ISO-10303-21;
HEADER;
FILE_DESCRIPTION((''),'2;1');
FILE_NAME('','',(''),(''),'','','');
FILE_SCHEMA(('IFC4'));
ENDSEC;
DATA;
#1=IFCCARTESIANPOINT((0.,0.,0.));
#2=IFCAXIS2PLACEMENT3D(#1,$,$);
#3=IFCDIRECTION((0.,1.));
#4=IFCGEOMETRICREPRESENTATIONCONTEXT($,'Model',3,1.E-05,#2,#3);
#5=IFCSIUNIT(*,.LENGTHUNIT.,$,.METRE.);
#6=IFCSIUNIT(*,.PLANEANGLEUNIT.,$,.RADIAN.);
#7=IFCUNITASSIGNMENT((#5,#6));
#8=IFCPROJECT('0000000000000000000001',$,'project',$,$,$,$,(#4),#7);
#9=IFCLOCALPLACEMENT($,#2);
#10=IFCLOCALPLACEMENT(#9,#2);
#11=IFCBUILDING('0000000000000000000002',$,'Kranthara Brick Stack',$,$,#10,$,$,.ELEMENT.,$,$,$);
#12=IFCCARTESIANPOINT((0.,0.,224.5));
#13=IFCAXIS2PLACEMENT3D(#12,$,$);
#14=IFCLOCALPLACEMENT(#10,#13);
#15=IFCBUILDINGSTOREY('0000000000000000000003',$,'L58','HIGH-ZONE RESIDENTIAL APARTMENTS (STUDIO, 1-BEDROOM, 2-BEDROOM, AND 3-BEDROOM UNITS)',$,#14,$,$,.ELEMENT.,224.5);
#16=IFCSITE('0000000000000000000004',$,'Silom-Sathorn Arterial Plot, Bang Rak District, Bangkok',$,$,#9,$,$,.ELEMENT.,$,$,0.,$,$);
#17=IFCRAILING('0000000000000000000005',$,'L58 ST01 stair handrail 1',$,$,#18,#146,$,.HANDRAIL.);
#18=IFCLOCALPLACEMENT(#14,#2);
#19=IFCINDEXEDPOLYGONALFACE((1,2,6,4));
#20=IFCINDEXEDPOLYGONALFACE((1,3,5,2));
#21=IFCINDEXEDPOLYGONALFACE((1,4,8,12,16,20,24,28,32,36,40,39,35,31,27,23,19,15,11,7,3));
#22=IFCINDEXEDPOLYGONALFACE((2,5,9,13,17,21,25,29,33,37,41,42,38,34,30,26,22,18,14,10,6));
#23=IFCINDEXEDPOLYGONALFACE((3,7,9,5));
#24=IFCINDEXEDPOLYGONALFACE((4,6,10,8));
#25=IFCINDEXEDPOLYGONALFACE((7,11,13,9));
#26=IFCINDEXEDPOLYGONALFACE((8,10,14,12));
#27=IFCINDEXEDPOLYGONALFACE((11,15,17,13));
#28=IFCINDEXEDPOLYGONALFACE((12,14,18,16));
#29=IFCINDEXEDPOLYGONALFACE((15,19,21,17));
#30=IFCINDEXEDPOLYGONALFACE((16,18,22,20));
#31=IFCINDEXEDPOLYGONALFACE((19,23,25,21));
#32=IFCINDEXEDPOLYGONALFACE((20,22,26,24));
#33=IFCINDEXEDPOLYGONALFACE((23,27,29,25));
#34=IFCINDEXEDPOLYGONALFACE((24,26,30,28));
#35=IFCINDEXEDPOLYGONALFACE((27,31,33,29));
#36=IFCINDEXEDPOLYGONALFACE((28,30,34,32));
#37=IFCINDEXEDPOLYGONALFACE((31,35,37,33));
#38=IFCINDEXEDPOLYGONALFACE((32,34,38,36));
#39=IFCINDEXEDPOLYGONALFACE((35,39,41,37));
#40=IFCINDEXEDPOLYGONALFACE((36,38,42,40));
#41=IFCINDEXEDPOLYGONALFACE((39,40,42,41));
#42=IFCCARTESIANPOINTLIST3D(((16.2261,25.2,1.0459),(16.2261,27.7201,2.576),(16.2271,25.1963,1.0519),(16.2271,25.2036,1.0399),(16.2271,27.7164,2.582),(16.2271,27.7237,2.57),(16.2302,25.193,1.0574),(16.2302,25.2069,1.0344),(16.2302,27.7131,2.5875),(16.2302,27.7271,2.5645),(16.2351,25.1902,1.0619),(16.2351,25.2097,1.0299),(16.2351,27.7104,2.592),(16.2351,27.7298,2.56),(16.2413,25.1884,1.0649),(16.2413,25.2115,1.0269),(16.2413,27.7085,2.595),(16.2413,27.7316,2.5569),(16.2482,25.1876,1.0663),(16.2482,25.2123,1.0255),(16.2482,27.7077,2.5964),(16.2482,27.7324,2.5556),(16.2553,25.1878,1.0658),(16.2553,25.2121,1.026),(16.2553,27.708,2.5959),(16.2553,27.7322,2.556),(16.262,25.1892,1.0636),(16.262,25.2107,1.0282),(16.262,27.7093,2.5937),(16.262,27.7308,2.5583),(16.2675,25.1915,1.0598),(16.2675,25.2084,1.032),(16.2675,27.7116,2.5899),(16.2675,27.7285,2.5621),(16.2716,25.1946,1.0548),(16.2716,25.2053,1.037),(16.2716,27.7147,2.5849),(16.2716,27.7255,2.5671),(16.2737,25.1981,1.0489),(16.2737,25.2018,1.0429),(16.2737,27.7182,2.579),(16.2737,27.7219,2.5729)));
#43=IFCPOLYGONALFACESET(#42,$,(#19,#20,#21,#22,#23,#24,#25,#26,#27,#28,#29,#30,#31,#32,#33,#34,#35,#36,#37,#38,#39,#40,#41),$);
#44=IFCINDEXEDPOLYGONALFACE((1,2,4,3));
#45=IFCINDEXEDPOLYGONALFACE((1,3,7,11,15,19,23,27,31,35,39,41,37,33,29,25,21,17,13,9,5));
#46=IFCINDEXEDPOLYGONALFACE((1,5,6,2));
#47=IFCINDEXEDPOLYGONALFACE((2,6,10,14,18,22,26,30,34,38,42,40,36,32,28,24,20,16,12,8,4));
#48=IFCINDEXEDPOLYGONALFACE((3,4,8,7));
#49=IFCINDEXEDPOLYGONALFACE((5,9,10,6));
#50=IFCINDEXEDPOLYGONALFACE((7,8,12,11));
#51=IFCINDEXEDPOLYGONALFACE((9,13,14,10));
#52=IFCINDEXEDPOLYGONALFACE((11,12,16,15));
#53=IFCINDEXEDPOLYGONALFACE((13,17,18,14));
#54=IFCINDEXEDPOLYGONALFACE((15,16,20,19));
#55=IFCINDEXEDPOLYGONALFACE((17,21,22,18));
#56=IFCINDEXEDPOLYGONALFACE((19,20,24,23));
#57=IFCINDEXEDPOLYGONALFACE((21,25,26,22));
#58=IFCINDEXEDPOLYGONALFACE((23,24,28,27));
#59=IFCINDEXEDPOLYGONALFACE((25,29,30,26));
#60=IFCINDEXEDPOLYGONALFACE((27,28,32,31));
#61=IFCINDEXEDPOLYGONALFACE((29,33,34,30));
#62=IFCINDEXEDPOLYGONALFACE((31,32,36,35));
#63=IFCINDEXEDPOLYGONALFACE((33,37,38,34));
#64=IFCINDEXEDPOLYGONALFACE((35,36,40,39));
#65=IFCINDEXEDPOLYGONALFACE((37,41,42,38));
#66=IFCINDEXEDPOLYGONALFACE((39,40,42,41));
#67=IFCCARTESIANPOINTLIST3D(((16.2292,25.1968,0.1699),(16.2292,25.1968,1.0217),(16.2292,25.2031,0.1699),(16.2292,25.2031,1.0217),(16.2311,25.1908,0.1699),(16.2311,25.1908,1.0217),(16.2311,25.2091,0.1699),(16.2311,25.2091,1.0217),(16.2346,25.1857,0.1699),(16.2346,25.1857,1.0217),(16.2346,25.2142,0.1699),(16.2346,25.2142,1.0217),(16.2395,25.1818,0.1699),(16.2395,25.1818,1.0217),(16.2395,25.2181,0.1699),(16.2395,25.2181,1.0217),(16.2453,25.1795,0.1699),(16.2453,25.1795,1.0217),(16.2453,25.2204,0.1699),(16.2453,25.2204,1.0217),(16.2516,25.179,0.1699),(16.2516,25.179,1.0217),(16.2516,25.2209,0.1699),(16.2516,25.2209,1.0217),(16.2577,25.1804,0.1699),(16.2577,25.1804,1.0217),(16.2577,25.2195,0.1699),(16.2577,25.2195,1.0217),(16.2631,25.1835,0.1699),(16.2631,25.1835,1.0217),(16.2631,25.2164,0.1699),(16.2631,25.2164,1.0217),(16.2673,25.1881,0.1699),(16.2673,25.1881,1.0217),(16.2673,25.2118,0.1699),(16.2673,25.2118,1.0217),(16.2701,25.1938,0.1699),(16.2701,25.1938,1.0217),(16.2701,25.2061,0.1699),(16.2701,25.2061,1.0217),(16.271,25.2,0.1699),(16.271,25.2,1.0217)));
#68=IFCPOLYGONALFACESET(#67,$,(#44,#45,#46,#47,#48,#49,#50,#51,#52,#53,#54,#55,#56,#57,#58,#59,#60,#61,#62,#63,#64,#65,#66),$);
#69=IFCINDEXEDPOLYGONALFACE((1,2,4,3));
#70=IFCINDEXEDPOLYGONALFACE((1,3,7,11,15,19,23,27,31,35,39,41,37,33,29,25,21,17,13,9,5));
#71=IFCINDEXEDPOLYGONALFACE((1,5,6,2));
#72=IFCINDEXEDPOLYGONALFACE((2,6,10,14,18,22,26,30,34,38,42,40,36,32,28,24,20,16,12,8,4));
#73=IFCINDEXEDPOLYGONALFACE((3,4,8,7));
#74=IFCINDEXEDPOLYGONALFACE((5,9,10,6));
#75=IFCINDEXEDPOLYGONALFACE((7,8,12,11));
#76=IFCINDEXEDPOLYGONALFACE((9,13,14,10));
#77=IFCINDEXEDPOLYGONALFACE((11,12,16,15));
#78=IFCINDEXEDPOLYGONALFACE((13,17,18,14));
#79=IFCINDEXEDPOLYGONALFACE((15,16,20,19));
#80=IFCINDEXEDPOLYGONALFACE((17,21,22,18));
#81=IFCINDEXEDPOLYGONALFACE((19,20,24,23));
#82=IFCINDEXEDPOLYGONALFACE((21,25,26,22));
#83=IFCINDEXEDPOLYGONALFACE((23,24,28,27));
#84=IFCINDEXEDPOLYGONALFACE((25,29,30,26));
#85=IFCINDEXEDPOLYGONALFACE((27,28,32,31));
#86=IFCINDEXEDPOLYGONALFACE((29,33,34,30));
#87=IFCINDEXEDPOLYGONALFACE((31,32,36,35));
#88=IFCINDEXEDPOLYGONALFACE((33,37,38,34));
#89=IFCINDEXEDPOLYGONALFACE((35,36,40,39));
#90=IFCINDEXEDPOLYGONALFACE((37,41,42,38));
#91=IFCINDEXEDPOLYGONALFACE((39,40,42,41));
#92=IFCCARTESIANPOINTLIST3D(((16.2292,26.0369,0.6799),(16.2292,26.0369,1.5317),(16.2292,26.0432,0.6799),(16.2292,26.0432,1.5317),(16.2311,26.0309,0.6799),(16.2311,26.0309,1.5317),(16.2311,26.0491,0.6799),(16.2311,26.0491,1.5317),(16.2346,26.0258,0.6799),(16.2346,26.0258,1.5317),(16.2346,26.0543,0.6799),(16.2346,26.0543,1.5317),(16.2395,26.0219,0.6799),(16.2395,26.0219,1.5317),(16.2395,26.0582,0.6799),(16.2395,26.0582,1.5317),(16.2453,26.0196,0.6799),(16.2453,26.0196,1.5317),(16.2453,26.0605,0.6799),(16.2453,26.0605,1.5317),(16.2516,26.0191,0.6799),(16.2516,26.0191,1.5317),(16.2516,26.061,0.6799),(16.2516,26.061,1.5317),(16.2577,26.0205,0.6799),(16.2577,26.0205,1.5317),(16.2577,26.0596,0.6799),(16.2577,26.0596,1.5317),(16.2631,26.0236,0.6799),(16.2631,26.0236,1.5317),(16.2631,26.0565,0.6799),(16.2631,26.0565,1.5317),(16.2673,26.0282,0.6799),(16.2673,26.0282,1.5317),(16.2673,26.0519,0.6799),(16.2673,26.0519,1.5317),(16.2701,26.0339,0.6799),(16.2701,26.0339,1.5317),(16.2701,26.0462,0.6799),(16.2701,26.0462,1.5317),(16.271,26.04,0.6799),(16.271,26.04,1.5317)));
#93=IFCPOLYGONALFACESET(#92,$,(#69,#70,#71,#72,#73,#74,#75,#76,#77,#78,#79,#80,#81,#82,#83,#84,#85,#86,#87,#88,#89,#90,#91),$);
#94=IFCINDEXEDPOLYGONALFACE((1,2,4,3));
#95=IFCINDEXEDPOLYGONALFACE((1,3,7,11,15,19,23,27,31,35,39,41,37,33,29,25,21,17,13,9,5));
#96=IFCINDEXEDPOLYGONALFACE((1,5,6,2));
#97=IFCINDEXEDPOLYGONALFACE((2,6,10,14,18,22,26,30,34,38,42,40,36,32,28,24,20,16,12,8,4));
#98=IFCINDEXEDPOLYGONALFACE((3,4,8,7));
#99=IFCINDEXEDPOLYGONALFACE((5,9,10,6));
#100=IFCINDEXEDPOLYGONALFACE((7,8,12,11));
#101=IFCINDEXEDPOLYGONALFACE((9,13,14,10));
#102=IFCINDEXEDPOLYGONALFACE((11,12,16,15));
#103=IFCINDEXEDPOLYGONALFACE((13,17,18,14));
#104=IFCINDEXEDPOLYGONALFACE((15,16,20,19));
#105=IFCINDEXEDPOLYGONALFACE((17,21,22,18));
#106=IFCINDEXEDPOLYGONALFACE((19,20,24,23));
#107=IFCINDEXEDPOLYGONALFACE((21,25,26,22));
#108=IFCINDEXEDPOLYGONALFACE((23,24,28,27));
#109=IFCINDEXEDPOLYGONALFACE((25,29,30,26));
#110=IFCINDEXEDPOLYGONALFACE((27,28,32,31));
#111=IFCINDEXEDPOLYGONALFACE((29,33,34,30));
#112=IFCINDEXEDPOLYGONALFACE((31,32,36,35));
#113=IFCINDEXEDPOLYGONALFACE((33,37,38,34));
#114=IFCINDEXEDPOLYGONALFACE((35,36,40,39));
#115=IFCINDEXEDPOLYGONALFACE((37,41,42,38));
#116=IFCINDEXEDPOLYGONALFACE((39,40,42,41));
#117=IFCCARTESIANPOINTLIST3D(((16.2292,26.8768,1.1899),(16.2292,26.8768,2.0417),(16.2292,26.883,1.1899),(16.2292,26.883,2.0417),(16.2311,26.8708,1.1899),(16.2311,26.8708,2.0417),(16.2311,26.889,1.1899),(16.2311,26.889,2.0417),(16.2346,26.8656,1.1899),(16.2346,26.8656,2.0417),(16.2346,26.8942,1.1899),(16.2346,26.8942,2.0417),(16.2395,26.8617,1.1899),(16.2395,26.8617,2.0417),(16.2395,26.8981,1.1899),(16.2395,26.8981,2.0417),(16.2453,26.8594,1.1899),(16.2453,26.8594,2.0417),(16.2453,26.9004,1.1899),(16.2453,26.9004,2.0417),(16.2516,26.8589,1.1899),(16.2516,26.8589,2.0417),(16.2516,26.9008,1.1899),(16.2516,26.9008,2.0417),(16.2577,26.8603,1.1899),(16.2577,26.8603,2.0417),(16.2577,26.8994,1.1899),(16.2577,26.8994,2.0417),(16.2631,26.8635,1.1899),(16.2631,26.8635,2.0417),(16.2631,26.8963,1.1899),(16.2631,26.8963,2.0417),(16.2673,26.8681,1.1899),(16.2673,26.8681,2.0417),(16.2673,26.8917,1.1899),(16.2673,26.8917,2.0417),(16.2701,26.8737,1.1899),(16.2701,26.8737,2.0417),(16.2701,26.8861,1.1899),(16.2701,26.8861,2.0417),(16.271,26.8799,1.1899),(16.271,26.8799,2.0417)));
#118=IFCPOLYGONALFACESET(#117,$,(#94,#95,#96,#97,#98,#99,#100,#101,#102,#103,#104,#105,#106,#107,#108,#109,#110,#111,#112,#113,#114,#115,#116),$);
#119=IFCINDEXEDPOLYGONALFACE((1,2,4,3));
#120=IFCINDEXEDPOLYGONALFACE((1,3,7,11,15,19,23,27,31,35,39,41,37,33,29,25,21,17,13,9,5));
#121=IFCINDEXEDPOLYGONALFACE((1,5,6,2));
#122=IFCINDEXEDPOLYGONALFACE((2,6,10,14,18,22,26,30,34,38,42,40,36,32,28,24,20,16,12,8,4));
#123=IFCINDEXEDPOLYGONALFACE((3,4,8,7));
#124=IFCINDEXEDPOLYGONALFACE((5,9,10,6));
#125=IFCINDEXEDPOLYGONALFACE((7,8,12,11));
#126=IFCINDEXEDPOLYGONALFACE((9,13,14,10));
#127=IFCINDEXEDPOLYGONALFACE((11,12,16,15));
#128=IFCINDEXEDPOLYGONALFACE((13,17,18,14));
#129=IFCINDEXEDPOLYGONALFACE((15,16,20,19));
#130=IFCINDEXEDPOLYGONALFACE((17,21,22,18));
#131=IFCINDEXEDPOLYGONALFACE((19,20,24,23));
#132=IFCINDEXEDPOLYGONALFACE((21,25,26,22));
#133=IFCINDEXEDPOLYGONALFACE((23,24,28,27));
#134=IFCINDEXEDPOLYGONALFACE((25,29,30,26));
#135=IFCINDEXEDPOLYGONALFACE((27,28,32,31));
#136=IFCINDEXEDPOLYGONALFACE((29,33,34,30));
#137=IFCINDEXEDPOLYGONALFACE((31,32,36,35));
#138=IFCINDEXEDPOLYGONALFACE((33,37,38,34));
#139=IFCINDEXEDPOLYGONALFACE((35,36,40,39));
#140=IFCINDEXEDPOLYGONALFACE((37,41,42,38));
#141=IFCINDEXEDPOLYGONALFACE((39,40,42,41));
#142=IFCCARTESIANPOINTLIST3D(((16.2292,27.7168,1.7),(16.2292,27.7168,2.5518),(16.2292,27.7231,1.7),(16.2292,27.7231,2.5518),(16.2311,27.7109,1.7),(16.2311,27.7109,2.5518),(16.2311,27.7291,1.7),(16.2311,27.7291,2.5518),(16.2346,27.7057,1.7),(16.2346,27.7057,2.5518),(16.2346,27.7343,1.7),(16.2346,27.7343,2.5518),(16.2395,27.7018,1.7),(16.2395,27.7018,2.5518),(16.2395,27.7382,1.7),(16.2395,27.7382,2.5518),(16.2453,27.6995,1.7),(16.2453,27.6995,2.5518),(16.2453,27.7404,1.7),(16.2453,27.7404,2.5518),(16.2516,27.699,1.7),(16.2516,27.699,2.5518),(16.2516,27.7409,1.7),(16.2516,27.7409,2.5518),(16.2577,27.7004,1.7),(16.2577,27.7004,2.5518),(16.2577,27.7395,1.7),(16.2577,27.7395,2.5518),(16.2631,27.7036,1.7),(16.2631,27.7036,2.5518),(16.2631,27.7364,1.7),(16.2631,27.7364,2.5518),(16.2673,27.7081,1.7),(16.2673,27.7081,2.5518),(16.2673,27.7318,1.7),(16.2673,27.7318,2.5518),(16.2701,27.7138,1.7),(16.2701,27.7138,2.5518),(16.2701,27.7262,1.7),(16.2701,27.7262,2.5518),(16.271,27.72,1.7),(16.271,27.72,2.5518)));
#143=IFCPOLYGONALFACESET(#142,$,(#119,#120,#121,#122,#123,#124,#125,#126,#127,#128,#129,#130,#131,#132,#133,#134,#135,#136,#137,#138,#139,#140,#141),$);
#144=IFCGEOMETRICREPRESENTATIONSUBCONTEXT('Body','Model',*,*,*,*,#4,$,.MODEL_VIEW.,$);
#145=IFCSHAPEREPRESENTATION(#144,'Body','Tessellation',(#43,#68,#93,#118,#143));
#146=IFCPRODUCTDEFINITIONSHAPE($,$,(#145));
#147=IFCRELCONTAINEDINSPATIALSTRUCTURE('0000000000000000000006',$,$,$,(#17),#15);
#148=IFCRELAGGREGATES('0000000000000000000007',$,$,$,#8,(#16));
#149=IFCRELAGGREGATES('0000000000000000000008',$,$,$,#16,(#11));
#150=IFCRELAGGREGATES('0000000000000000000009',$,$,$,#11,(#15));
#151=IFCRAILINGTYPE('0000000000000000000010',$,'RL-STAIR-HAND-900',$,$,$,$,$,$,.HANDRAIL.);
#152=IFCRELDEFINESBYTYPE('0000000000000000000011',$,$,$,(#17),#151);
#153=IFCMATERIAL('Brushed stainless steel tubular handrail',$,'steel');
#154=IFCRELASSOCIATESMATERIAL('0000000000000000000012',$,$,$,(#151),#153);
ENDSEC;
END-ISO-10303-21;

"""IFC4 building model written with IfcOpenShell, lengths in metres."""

from ifc_helpers import new_model, si_unit, direction, frame, origin, origin_2d, place, context, subcontext, project, spatial, circle, extrude, material, type_object, element, save


model = new_model("IFC4")

# Units and contexts
model_context = context("Model", 3, precision=1e-05, world=origin(), true_north=direction((0.0, 1.0)))
body_context = subcontext(model_context, "Body", "Model", "MODEL_VIEW")
ifc_project = project(units=[si_unit("LENGTHUNIT", "METRE"), si_unit("PLANEANGLEUNIT", "RADIAN")], contexts=[model_context])

# Site, building, storey
site_placement = place(None, origin())
site = spatial("IfcSite", under=ifc_project, at=site_placement, Name="Silom-Sathorn Arterial Plot, Bang Rak District, Bangkok", CompositionType="ELEMENT", RefElevation=0.0)
building_placement = place(site_placement, origin())
building = spatial("IfcBuilding", under=site, at=building_placement, Name="Kranthara Brick Stack", CompositionType="ELEMENT")
storey_placement = place(building_placement, frame((0.0, 0.0, 224.5)))
storey = spatial("IfcBuildingStorey", under=building, at=storey_placement, Name="L58", Description="HIGH-ZONE RESIDENTIAL APARTMENTS (STUDIO, 1-BEDROOM, 2-BEDROOM, AND 3-BEDROOM UNITS)", CompositionType="ELEMENT", Elevation=224.5)

# Railing
ifc_material_1 = material(Name="Brushed stainless steel tubular handrail", Category="steel")
railing_type_1 = type_object("IfcRailingType", Name="RL-STAIR-HAND-900", PredefinedType="HANDRAIL", material=ifc_material_1)
railing_1_placement = place(storey_placement, frame((16.25, 25.2, 0.1699)))
element("IfcRailing", 1, at=railing_1_placement, inside=storey, type_object=railing_type_1, Name="L58 ST01 stair handrail 1", PredefinedType="HANDRAIL", context=body_context, shape_type="SweptSolid", body=[
    extrude(circle(Radius=0.0239, at=origin_2d()), frame((0.0, 0.0, 0.876), z_axis=(0.0, 0.854785, 0.518982), x_axis=(-1.0, 0.0, 0.0)), (0.0, 0.0, 1.0), 2.9482),
    extrude(circle(Radius=0.021, at=origin_2d()), origin(), (0.0, 0.0, 1.0), 0.8518),
    extrude(circle(Radius=0.021, at=origin_2d()), frame((0.0, 0.8401, 0.51)), (0.0, 0.0, 1.0), 0.8518),
    extrude(circle(Radius=0.021, at=origin_2d()), frame((0.0, 1.6799, 1.02)), (0.0, 0.0, 1.0), 0.8518),
    extrude(circle(Radius=0.021, at=origin_2d()), frame((0.0, 2.52, 1.53)), (0.0, 0.0, 1.0), 0.8518),
])

save(model, "model.ifc")
